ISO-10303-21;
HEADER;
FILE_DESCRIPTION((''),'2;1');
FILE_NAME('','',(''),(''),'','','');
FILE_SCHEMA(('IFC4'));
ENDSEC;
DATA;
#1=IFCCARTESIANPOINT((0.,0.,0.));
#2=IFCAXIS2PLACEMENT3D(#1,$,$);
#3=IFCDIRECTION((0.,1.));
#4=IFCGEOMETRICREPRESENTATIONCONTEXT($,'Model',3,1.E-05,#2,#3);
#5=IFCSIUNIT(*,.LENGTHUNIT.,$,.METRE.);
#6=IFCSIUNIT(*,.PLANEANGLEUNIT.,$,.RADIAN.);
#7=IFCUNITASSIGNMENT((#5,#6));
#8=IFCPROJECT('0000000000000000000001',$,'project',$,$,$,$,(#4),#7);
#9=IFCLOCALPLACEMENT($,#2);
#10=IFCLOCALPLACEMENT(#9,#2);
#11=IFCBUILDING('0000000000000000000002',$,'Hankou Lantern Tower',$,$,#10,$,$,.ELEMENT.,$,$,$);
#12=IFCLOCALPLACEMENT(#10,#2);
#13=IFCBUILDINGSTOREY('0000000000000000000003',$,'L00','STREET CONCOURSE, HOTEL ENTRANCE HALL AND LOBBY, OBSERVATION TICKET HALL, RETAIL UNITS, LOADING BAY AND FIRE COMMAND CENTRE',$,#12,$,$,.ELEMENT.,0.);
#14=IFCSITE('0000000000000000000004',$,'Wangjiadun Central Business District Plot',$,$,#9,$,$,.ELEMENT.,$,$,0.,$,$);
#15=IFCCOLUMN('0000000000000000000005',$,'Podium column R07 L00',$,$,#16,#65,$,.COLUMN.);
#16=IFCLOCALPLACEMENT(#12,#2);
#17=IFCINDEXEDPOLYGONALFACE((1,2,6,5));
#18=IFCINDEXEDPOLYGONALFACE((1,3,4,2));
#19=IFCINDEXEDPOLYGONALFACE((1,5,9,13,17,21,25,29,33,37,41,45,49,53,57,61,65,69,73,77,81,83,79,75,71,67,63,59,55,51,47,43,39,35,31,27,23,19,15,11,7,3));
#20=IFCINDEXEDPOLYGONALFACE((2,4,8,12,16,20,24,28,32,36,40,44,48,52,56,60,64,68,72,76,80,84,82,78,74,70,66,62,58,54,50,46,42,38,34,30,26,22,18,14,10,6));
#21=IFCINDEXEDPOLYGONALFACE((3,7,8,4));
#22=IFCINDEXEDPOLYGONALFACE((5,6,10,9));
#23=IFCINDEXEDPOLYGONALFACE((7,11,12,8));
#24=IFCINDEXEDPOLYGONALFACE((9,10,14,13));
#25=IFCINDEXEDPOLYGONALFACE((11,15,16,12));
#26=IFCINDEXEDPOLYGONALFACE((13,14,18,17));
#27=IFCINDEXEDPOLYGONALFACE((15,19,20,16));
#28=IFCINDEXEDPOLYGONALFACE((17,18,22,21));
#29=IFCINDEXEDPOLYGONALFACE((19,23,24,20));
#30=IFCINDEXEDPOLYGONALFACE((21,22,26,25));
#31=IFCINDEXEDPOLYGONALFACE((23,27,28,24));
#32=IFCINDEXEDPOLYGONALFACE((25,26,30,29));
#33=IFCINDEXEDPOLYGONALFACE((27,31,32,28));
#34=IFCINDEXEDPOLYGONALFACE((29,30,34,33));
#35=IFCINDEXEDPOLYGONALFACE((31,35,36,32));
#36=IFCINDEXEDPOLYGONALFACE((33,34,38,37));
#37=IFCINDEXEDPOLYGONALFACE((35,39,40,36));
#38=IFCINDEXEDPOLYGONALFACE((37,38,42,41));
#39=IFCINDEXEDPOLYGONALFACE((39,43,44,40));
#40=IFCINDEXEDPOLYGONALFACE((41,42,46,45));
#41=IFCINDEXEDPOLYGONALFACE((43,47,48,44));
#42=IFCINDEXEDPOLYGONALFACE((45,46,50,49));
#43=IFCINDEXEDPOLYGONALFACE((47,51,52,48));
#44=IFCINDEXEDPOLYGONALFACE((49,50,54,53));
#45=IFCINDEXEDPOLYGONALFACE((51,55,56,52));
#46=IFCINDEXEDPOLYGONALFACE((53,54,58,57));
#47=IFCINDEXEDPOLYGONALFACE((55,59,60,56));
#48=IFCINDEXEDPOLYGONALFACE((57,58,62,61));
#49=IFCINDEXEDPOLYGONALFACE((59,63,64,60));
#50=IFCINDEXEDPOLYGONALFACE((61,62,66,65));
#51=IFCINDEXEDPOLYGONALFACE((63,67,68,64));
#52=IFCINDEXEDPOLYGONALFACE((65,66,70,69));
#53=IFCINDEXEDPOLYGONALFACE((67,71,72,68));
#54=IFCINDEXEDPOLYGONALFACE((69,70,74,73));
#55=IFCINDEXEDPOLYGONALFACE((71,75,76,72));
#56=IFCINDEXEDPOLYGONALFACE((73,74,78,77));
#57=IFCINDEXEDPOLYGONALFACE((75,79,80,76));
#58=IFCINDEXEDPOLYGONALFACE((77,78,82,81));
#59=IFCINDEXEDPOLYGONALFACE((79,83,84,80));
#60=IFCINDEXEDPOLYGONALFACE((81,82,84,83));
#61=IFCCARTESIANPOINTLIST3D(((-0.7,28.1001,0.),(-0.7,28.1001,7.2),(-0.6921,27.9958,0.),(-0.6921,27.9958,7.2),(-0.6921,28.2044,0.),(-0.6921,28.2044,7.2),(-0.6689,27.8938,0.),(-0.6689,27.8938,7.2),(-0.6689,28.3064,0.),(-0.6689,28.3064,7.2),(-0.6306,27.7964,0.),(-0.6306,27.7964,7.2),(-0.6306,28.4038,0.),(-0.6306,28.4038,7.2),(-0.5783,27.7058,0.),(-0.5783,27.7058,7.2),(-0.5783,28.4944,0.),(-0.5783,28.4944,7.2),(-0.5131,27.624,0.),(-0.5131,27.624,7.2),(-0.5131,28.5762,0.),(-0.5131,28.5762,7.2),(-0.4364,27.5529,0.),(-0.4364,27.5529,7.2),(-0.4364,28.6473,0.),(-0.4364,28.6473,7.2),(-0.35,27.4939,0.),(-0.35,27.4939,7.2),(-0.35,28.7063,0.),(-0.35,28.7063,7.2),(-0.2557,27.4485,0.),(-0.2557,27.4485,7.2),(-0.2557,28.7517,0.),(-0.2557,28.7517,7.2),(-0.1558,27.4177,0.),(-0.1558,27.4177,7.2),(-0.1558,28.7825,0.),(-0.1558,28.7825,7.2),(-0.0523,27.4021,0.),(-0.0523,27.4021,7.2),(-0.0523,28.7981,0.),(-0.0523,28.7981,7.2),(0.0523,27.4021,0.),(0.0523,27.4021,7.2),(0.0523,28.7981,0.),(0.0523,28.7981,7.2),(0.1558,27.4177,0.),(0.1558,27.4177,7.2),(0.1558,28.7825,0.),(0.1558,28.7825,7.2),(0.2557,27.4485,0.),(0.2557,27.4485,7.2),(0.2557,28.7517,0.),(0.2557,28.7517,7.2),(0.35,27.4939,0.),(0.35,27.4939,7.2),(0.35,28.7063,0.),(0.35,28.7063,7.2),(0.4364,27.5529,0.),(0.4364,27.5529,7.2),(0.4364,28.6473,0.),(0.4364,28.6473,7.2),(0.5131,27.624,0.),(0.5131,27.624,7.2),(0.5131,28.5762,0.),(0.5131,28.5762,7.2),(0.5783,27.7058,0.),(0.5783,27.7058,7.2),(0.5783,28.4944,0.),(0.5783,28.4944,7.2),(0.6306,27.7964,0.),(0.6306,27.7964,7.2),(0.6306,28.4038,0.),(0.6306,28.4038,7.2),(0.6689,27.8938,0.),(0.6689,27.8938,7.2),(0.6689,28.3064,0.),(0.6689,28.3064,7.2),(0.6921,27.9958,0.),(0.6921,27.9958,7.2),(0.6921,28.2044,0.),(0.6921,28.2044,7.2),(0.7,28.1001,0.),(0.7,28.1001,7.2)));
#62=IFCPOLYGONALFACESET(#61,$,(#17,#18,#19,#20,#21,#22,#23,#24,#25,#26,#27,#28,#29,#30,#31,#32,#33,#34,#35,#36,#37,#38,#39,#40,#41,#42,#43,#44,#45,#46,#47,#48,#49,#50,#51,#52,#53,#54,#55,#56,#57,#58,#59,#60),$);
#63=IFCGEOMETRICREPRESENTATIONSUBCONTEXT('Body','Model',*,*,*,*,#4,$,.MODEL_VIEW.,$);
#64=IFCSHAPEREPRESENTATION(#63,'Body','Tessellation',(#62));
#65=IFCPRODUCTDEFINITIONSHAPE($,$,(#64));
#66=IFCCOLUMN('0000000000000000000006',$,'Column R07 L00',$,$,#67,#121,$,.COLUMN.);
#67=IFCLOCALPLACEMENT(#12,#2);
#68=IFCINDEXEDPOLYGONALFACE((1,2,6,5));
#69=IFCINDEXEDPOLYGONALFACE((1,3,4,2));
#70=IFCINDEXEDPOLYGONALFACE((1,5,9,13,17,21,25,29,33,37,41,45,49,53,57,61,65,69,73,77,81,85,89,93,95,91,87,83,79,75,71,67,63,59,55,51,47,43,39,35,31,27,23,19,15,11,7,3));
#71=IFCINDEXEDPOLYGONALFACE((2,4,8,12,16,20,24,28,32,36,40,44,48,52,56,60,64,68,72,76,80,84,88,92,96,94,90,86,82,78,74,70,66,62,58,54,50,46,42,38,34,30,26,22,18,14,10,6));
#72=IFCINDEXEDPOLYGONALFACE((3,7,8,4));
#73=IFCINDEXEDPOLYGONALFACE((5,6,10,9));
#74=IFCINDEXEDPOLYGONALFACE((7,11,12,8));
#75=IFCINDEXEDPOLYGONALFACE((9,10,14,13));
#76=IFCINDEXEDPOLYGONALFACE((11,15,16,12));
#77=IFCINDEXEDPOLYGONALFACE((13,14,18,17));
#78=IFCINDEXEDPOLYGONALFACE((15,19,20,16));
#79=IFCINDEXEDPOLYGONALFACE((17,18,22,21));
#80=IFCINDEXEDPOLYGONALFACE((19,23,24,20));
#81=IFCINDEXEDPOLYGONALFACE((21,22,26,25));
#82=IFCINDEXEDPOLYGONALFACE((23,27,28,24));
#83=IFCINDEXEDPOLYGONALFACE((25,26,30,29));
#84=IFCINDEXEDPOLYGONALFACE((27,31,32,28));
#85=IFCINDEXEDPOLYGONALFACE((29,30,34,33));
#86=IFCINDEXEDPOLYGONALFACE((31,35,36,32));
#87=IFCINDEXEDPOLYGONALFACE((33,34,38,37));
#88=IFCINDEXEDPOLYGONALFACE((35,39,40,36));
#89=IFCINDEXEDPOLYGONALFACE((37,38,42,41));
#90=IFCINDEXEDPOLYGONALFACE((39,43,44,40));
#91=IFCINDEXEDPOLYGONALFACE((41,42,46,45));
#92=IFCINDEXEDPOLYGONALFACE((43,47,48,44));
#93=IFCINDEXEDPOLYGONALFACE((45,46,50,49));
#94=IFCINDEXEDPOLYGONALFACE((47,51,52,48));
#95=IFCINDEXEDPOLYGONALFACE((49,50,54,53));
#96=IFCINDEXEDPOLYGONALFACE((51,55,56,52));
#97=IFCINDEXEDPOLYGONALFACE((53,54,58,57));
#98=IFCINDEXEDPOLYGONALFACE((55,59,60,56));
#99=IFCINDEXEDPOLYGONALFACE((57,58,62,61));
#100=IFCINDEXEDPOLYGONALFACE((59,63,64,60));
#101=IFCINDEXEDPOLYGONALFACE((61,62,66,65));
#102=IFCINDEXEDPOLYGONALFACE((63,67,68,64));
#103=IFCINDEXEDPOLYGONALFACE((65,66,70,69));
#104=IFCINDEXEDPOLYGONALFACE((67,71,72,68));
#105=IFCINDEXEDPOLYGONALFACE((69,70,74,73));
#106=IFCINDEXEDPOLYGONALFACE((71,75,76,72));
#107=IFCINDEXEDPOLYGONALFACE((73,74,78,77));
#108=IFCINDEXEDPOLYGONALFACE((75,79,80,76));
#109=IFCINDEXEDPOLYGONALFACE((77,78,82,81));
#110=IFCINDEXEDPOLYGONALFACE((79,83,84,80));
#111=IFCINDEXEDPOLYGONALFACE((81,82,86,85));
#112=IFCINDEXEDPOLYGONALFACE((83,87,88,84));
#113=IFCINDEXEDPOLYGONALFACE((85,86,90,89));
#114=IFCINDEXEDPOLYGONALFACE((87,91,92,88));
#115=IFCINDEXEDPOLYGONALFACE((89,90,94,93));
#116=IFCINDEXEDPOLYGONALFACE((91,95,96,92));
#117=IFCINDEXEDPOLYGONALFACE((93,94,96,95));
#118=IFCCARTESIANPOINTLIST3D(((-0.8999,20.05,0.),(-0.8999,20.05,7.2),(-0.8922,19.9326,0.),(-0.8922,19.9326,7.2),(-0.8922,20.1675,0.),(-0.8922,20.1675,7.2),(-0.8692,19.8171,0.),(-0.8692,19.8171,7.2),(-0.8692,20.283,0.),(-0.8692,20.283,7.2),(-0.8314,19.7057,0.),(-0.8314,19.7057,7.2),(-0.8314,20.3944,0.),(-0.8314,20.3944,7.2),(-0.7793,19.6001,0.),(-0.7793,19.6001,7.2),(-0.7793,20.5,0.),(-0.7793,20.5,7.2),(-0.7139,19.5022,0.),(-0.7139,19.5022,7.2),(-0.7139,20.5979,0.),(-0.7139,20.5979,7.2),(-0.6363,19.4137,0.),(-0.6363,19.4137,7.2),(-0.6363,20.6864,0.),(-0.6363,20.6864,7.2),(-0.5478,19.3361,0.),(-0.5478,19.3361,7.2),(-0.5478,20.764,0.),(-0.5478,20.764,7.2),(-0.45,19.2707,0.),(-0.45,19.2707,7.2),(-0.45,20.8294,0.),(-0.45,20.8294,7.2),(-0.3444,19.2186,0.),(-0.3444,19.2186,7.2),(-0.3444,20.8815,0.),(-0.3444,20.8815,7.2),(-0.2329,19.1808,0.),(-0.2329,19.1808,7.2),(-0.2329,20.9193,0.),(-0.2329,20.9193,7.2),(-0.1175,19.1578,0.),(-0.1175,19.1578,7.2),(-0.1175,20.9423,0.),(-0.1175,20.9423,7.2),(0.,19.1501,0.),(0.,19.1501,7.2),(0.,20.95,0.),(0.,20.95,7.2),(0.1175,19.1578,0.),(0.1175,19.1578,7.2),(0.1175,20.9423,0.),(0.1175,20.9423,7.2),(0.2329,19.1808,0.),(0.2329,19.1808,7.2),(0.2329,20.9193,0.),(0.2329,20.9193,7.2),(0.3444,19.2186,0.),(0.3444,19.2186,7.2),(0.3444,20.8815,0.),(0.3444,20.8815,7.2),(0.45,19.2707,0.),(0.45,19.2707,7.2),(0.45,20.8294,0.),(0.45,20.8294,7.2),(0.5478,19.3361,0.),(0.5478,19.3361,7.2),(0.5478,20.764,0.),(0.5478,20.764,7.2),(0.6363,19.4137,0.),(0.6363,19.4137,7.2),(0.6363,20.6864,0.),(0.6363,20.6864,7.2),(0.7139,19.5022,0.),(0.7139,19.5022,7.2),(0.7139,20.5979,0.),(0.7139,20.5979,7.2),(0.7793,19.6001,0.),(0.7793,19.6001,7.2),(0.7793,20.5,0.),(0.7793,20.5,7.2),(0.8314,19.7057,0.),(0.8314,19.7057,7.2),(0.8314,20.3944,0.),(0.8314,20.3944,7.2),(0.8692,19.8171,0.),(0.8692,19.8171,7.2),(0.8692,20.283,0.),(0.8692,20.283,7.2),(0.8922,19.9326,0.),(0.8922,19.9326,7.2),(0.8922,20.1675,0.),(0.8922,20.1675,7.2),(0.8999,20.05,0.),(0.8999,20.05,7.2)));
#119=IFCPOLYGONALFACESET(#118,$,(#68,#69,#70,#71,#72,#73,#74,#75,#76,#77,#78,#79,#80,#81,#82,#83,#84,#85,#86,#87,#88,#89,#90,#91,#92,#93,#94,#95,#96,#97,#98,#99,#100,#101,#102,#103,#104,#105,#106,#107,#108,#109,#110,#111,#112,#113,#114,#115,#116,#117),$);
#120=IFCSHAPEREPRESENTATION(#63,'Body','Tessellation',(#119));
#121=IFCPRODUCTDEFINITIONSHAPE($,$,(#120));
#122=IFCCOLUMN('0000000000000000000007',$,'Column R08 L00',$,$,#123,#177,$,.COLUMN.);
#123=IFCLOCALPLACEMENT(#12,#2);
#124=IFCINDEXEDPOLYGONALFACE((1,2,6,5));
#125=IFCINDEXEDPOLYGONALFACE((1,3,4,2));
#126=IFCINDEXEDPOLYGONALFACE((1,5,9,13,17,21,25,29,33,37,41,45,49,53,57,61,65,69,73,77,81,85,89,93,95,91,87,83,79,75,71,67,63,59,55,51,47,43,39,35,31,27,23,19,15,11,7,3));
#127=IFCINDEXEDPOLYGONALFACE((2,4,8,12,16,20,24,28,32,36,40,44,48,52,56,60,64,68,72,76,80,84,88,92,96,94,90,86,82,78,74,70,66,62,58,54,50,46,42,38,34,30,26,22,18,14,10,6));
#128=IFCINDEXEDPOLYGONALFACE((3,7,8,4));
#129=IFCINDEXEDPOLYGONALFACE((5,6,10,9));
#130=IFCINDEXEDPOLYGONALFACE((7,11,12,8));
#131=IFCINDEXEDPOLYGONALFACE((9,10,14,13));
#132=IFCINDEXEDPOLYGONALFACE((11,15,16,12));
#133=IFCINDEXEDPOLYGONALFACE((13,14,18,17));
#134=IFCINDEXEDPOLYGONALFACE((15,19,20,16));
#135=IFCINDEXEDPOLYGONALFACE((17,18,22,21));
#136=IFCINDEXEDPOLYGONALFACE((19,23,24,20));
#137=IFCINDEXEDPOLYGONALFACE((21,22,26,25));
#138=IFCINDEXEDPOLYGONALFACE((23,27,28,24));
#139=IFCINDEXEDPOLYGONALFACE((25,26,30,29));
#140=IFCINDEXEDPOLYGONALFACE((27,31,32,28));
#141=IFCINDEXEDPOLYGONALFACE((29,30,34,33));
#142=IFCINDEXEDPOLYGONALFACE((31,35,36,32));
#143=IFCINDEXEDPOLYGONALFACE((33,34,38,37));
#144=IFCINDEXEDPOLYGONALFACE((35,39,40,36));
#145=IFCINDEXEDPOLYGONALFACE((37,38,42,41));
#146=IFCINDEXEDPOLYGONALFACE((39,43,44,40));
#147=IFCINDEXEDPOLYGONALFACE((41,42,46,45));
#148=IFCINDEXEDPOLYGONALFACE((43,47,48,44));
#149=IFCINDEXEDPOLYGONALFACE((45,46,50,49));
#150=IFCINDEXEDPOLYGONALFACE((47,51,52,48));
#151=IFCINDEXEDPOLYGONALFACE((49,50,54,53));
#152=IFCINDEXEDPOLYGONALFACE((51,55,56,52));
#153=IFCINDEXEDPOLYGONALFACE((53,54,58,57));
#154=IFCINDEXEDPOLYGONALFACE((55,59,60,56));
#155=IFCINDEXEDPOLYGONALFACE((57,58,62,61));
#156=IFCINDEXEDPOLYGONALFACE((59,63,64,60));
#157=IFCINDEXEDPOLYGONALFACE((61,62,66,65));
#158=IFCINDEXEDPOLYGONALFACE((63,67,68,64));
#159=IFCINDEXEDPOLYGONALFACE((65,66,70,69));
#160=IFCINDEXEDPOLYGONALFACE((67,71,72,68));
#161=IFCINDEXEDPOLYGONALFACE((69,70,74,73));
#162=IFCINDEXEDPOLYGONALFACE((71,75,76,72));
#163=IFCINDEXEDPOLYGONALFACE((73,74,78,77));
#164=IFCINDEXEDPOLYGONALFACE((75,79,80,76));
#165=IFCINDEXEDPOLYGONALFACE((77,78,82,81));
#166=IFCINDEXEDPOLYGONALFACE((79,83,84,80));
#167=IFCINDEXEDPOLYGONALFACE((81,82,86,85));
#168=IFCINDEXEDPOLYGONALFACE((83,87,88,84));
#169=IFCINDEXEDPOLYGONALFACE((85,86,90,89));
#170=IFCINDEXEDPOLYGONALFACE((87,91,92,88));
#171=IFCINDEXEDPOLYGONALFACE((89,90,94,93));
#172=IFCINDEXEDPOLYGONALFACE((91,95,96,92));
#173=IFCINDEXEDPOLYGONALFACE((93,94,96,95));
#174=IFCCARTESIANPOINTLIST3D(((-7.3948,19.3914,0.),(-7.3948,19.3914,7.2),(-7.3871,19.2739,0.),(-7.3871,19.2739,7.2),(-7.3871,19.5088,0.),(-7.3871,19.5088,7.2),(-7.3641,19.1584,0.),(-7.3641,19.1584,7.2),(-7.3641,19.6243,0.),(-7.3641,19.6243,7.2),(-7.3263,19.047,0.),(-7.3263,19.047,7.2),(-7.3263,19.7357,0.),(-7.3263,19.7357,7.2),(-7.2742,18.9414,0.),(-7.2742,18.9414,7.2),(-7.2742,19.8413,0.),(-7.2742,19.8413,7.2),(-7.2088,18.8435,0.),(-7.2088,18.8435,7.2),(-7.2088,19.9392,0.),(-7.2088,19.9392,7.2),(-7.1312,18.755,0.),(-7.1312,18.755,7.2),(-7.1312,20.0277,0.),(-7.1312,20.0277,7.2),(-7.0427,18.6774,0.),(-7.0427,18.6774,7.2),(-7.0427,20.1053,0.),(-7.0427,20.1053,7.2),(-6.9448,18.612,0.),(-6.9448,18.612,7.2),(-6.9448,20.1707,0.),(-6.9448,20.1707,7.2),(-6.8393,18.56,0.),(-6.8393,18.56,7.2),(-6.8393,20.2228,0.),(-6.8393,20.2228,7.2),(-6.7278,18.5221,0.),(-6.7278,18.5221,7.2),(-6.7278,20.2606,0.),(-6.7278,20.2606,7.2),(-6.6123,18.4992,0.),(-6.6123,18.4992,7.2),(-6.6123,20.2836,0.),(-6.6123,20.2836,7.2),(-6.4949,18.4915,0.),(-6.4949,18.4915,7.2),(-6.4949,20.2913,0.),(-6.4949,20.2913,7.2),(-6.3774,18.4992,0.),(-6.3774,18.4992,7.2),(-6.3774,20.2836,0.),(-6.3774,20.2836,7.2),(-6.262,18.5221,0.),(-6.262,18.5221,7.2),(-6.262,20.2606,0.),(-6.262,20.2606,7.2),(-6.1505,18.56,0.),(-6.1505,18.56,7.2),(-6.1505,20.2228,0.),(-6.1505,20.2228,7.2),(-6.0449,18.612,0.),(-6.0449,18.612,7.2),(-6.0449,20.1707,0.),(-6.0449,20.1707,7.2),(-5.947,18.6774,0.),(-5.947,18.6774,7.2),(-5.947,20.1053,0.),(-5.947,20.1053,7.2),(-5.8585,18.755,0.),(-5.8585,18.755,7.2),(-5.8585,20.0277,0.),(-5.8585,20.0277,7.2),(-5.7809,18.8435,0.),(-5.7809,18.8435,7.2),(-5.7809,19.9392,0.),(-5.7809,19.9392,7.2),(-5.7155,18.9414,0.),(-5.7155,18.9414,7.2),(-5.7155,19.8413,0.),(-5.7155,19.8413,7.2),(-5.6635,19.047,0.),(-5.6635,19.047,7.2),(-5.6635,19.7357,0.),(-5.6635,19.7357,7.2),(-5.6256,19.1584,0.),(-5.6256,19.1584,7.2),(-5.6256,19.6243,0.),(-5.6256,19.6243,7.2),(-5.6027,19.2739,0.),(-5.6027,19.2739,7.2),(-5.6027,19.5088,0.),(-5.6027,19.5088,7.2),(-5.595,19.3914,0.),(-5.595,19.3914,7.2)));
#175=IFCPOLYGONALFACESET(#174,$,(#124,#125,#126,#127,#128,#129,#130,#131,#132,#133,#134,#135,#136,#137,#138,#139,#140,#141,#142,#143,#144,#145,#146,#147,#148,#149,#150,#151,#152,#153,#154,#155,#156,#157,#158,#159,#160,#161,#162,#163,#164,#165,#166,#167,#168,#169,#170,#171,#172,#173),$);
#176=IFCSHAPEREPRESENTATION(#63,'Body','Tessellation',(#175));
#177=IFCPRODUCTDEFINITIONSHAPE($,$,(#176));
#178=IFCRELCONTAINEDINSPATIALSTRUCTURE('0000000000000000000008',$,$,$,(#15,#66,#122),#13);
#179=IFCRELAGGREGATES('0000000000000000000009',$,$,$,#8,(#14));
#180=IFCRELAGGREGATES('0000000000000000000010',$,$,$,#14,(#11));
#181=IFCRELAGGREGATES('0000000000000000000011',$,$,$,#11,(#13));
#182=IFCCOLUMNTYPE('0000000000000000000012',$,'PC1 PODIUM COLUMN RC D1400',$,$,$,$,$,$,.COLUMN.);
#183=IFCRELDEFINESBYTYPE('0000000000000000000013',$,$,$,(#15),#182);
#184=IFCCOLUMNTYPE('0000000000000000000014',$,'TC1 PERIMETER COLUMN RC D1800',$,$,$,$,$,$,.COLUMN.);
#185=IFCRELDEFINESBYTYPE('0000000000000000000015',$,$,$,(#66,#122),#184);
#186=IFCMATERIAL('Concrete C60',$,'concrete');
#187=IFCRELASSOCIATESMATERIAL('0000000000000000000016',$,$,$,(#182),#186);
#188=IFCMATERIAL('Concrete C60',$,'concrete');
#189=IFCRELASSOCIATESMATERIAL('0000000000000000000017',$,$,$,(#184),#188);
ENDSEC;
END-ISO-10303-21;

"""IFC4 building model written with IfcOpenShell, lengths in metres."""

from ifc_helpers import new_model, si_unit, direction, frame, origin, origin_2d, place, context, subcontext, project, spatial, circle, extrude, material, material_profile, profile_set, type_object, element, save


model = new_model("IFC4")

# Units and contexts
model_context = context("Model", 3, precision=1e-05, world=origin(), true_north=direction((0.0, 1.0)))
body_context = subcontext(model_context, "Body", "Model", "MODEL_VIEW")
ifc_project = project(units=[si_unit("LENGTHUNIT", "METRE"), si_unit("PLANEANGLEUNIT", "RADIAN")], contexts=[model_context])

# Site, building, storey
site_placement = place(None, origin())
site = spatial("IfcSite", under=ifc_project, at=site_placement, Name="Wangjiadun Central Business District Plot", CompositionType="ELEMENT", RefElevation=0.0)
building_placement = place(site_placement, origin())
building = spatial("IfcBuilding", under=site, at=building_placement, Name="Hankou Lantern Tower", CompositionType="ELEMENT")
storey_placement = place(building_placement, origin())
storey = spatial("IfcBuildingStorey", under=building, at=storey_placement, Name="L00", Description="STREET CONCOURSE, HOTEL ENTRANCE HALL AND LOBBY, OBSERVATION TICKET HALL, RETAIL UNITS, LOADING BAY AND FIRE COMMAND CENTRE", CompositionType="ELEMENT", Elevation=0.0)

# Columns
ifc_material_1 = material(Name="Concrete C60", Category="concrete")
ifc_material_profile_1 = material_profile(ifc_material_1, circle(Radius=0.7, at=origin_2d()), Name="RC D1400")
ifc_profile_set_1 = profile_set([ifc_material_profile_1], Name="Concrete C60")
column_type_1 = type_object("IfcColumnType", Name="PC1 PODIUM COLUMN RC D1400", PredefinedType="COLUMN", material=ifc_profile_set_1)
column_placement = place(storey_placement, frame((0.0, 28.1001, 0.0), z_axis=(0.0, 0.0, 1.0), x_axis=(1.0, 0.0, 0.0)))
element("IfcColumn", 1, at=column_placement, inside=storey, type_object=column_type_1, Name="Podium column R07 L00", PredefinedType="COLUMN", context=body_context, shape_type="SweptSolid", body=[
    extrude(circle(Radius=0.7, at=origin_2d()), origin(), (0.0, 0.0, 1.0), 7.2),
])
ifc_material_2 = material(Name="Concrete C60", Category="concrete")
ifc_material_profile_2 = material_profile(ifc_material_2, circle(Radius=0.8999, at=origin_2d()), Name="RC D1800")
ifc_profile_set_2 = profile_set([ifc_material_profile_2], Name="Concrete C60")
column_type_2 = type_object("IfcColumnType", Name="TC1 PERIMETER COLUMN RC D1800", PredefinedType="COLUMN", material=ifc_profile_set_2)
for number, where, z_axis, x_axis, name in (
    (2, (0.0, 20.05, 0.0), (0.0, 0.0, 1.0), (1.0, 0.0, 0.0), "Column R07 L00"),
    (3, (-6.4949, 19.3914, 0.0), (0.0, 0.0, 1.0), (1.0, 0.0, 0.0), "Column R08 L00"),
):
    element("IfcColumn", number, at=place(storey_placement, frame(where, z_axis=z_axis, x_axis=x_axis)), inside=storey, type_object=column_type_2, Name=name, PredefinedType="COLUMN", context=body_context, shape_type="SweptSolid", body=[
        extrude(circle(Radius=0.8999, at=origin_2d()), origin(), (0.0, 0.0, 1.0), 7.2),
    ])

save(model, "model.ifc")
